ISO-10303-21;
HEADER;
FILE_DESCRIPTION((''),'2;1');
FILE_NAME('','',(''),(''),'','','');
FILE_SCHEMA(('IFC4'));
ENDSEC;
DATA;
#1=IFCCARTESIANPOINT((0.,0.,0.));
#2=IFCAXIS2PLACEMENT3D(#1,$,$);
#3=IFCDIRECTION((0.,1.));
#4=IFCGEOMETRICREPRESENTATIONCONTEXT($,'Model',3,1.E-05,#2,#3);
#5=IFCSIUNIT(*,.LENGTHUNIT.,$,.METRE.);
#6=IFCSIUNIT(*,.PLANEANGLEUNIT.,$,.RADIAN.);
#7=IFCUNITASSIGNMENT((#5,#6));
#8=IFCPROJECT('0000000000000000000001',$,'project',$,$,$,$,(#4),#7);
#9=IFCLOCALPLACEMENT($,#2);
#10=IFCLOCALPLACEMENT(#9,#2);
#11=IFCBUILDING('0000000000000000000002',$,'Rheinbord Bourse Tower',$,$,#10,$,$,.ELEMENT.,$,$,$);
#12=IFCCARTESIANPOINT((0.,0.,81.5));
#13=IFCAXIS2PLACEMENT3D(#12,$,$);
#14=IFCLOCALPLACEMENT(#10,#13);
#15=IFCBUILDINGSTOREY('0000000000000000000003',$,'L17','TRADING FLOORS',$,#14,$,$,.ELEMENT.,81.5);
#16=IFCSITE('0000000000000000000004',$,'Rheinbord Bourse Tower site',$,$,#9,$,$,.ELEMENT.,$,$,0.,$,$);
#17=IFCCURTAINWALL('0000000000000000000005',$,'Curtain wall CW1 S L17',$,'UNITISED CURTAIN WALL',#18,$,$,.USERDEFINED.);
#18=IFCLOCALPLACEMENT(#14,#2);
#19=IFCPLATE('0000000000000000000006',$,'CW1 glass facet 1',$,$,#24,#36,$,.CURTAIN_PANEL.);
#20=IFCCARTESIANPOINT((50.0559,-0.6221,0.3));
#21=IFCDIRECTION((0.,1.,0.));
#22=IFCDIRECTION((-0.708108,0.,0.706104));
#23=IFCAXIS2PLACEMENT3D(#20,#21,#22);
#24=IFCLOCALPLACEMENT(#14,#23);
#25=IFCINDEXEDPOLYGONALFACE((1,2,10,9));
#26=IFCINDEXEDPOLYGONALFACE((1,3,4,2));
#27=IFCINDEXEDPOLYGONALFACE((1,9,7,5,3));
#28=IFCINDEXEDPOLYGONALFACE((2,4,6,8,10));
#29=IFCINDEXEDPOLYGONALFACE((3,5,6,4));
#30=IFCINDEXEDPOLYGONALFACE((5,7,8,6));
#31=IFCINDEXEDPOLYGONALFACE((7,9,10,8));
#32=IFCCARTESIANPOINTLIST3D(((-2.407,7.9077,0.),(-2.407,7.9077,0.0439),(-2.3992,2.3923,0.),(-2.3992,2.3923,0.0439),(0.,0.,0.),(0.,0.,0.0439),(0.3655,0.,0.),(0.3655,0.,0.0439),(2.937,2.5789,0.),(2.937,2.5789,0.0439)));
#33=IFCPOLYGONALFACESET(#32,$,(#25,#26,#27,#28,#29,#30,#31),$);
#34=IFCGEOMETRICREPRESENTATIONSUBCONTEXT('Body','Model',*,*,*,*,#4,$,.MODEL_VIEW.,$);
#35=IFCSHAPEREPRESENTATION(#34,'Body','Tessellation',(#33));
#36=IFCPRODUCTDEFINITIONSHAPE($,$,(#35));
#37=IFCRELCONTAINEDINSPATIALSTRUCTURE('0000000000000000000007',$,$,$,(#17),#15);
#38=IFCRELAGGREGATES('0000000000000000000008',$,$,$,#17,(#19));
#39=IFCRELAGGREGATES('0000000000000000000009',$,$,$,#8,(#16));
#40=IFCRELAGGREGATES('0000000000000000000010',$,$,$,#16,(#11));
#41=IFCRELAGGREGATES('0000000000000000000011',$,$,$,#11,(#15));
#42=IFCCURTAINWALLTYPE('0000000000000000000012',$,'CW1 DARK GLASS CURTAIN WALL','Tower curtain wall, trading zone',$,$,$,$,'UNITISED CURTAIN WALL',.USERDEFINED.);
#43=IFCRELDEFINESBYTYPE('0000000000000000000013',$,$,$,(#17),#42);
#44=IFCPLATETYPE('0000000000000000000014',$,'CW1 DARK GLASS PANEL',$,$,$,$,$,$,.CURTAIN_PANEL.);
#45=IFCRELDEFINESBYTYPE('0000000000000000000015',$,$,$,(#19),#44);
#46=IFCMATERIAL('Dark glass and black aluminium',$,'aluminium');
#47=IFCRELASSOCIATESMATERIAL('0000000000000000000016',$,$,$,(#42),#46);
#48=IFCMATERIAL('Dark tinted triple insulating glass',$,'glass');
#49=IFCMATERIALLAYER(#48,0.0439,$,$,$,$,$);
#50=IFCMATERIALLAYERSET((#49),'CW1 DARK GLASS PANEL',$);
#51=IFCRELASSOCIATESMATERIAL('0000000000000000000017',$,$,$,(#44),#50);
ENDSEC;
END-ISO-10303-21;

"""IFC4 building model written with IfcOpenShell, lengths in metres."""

from ifc_helpers import new_model, si_unit, direction, frame, origin, place, context, subcontext, project, spatial, polyline, outline, extrude, material, layer, layer_set, type_object, element, aggregate, save


model = new_model("IFC4")

# Units and contexts
model_context = context("Model", 3, precision=1e-05, world=origin(), true_north=direction((0.0, 1.0)))
body_context = subcontext(model_context, "Body", "Model", "MODEL_VIEW")
ifc_project = project(units=[si_unit("LENGTHUNIT", "METRE"), si_unit("PLANEANGLEUNIT", "RADIAN")], contexts=[model_context])

# Site, building, storey
site_placement = place(None, origin())
site = spatial("IfcSite", under=ifc_project, at=site_placement, Name="Rheinbord Bourse Tower site", CompositionType="ELEMENT", RefElevation=0.0)
building_placement = place(site_placement, origin())
building = spatial("IfcBuilding", under=site, at=building_placement, Name="Rheinbord Bourse Tower", CompositionType="ELEMENT")
storey_placement = place(building_placement, frame((0.0, 0.0, 81.5)))
storey = spatial("IfcBuildingStorey", under=building, at=storey_placement, Name="L17", Description="TRADING FLOORS", CompositionType="ELEMENT", Elevation=81.5)

# Curtain wall
ifc_material_1 = material(Name="Dark glass and black aluminium", Category="aluminium")
curtain_wall_type = type_object("IfcCurtainWallType", Name="CW1 DARK GLASS CURTAIN WALL", Description="Tower curtain wall, trading zone", ElementType="UNITISED CURTAIN WALL", PredefinedType="USERDEFINED", material=ifc_material_1)
curtain_wall_placement = place(storey_placement, origin())
curtain_wall = element("IfcCurtainWall", 1, at=curtain_wall_placement, inside=storey, type_object=curtain_wall_type, Name="Curtain wall CW1 S L17", ObjectType="UNITISED CURTAIN WALL", PredefinedType="USERDEFINED")

# Plate
ifc_material_2 = material(Name="Dark tinted triple insulating glass", Category="glass")
ifc_layer = layer(ifc_material_2, 0.0439)
ifc_layer_set = layer_set([ifc_layer], Name="CW1 DARK GLASS PANEL")
plate_type = type_object("IfcPlateType", Name="CW1 DARK GLASS PANEL", PredefinedType="CURTAIN_PANEL", material=ifc_layer_set)
plate_1_placement = place(storey_placement, frame((50.0559, -0.6221, 0.3), z_axis=(0.0, 1.0, 0.0), x_axis=(-0.708108, 0.0, 0.706104)))
plate_1 = element("IfcPlate", 2, at=plate_1_placement, type_object=plate_type, Name="CW1 glass facet 1", PredefinedType="CURTAIN_PANEL", context=body_context, shape_type="SweptSolid", body=[
    extrude(outline(polyline([(0.0, 0.0), (0.3655, 0.0), (2.937, 2.5789), (-2.407, 7.9077), (-2.3992, 2.3923), (0.0, 0.0)])), origin(), (0.0, 0.0, 1.0), 0.0439),
])
aggregate(curtain_wall, [plate_1])

save(model, "model.ifc")
